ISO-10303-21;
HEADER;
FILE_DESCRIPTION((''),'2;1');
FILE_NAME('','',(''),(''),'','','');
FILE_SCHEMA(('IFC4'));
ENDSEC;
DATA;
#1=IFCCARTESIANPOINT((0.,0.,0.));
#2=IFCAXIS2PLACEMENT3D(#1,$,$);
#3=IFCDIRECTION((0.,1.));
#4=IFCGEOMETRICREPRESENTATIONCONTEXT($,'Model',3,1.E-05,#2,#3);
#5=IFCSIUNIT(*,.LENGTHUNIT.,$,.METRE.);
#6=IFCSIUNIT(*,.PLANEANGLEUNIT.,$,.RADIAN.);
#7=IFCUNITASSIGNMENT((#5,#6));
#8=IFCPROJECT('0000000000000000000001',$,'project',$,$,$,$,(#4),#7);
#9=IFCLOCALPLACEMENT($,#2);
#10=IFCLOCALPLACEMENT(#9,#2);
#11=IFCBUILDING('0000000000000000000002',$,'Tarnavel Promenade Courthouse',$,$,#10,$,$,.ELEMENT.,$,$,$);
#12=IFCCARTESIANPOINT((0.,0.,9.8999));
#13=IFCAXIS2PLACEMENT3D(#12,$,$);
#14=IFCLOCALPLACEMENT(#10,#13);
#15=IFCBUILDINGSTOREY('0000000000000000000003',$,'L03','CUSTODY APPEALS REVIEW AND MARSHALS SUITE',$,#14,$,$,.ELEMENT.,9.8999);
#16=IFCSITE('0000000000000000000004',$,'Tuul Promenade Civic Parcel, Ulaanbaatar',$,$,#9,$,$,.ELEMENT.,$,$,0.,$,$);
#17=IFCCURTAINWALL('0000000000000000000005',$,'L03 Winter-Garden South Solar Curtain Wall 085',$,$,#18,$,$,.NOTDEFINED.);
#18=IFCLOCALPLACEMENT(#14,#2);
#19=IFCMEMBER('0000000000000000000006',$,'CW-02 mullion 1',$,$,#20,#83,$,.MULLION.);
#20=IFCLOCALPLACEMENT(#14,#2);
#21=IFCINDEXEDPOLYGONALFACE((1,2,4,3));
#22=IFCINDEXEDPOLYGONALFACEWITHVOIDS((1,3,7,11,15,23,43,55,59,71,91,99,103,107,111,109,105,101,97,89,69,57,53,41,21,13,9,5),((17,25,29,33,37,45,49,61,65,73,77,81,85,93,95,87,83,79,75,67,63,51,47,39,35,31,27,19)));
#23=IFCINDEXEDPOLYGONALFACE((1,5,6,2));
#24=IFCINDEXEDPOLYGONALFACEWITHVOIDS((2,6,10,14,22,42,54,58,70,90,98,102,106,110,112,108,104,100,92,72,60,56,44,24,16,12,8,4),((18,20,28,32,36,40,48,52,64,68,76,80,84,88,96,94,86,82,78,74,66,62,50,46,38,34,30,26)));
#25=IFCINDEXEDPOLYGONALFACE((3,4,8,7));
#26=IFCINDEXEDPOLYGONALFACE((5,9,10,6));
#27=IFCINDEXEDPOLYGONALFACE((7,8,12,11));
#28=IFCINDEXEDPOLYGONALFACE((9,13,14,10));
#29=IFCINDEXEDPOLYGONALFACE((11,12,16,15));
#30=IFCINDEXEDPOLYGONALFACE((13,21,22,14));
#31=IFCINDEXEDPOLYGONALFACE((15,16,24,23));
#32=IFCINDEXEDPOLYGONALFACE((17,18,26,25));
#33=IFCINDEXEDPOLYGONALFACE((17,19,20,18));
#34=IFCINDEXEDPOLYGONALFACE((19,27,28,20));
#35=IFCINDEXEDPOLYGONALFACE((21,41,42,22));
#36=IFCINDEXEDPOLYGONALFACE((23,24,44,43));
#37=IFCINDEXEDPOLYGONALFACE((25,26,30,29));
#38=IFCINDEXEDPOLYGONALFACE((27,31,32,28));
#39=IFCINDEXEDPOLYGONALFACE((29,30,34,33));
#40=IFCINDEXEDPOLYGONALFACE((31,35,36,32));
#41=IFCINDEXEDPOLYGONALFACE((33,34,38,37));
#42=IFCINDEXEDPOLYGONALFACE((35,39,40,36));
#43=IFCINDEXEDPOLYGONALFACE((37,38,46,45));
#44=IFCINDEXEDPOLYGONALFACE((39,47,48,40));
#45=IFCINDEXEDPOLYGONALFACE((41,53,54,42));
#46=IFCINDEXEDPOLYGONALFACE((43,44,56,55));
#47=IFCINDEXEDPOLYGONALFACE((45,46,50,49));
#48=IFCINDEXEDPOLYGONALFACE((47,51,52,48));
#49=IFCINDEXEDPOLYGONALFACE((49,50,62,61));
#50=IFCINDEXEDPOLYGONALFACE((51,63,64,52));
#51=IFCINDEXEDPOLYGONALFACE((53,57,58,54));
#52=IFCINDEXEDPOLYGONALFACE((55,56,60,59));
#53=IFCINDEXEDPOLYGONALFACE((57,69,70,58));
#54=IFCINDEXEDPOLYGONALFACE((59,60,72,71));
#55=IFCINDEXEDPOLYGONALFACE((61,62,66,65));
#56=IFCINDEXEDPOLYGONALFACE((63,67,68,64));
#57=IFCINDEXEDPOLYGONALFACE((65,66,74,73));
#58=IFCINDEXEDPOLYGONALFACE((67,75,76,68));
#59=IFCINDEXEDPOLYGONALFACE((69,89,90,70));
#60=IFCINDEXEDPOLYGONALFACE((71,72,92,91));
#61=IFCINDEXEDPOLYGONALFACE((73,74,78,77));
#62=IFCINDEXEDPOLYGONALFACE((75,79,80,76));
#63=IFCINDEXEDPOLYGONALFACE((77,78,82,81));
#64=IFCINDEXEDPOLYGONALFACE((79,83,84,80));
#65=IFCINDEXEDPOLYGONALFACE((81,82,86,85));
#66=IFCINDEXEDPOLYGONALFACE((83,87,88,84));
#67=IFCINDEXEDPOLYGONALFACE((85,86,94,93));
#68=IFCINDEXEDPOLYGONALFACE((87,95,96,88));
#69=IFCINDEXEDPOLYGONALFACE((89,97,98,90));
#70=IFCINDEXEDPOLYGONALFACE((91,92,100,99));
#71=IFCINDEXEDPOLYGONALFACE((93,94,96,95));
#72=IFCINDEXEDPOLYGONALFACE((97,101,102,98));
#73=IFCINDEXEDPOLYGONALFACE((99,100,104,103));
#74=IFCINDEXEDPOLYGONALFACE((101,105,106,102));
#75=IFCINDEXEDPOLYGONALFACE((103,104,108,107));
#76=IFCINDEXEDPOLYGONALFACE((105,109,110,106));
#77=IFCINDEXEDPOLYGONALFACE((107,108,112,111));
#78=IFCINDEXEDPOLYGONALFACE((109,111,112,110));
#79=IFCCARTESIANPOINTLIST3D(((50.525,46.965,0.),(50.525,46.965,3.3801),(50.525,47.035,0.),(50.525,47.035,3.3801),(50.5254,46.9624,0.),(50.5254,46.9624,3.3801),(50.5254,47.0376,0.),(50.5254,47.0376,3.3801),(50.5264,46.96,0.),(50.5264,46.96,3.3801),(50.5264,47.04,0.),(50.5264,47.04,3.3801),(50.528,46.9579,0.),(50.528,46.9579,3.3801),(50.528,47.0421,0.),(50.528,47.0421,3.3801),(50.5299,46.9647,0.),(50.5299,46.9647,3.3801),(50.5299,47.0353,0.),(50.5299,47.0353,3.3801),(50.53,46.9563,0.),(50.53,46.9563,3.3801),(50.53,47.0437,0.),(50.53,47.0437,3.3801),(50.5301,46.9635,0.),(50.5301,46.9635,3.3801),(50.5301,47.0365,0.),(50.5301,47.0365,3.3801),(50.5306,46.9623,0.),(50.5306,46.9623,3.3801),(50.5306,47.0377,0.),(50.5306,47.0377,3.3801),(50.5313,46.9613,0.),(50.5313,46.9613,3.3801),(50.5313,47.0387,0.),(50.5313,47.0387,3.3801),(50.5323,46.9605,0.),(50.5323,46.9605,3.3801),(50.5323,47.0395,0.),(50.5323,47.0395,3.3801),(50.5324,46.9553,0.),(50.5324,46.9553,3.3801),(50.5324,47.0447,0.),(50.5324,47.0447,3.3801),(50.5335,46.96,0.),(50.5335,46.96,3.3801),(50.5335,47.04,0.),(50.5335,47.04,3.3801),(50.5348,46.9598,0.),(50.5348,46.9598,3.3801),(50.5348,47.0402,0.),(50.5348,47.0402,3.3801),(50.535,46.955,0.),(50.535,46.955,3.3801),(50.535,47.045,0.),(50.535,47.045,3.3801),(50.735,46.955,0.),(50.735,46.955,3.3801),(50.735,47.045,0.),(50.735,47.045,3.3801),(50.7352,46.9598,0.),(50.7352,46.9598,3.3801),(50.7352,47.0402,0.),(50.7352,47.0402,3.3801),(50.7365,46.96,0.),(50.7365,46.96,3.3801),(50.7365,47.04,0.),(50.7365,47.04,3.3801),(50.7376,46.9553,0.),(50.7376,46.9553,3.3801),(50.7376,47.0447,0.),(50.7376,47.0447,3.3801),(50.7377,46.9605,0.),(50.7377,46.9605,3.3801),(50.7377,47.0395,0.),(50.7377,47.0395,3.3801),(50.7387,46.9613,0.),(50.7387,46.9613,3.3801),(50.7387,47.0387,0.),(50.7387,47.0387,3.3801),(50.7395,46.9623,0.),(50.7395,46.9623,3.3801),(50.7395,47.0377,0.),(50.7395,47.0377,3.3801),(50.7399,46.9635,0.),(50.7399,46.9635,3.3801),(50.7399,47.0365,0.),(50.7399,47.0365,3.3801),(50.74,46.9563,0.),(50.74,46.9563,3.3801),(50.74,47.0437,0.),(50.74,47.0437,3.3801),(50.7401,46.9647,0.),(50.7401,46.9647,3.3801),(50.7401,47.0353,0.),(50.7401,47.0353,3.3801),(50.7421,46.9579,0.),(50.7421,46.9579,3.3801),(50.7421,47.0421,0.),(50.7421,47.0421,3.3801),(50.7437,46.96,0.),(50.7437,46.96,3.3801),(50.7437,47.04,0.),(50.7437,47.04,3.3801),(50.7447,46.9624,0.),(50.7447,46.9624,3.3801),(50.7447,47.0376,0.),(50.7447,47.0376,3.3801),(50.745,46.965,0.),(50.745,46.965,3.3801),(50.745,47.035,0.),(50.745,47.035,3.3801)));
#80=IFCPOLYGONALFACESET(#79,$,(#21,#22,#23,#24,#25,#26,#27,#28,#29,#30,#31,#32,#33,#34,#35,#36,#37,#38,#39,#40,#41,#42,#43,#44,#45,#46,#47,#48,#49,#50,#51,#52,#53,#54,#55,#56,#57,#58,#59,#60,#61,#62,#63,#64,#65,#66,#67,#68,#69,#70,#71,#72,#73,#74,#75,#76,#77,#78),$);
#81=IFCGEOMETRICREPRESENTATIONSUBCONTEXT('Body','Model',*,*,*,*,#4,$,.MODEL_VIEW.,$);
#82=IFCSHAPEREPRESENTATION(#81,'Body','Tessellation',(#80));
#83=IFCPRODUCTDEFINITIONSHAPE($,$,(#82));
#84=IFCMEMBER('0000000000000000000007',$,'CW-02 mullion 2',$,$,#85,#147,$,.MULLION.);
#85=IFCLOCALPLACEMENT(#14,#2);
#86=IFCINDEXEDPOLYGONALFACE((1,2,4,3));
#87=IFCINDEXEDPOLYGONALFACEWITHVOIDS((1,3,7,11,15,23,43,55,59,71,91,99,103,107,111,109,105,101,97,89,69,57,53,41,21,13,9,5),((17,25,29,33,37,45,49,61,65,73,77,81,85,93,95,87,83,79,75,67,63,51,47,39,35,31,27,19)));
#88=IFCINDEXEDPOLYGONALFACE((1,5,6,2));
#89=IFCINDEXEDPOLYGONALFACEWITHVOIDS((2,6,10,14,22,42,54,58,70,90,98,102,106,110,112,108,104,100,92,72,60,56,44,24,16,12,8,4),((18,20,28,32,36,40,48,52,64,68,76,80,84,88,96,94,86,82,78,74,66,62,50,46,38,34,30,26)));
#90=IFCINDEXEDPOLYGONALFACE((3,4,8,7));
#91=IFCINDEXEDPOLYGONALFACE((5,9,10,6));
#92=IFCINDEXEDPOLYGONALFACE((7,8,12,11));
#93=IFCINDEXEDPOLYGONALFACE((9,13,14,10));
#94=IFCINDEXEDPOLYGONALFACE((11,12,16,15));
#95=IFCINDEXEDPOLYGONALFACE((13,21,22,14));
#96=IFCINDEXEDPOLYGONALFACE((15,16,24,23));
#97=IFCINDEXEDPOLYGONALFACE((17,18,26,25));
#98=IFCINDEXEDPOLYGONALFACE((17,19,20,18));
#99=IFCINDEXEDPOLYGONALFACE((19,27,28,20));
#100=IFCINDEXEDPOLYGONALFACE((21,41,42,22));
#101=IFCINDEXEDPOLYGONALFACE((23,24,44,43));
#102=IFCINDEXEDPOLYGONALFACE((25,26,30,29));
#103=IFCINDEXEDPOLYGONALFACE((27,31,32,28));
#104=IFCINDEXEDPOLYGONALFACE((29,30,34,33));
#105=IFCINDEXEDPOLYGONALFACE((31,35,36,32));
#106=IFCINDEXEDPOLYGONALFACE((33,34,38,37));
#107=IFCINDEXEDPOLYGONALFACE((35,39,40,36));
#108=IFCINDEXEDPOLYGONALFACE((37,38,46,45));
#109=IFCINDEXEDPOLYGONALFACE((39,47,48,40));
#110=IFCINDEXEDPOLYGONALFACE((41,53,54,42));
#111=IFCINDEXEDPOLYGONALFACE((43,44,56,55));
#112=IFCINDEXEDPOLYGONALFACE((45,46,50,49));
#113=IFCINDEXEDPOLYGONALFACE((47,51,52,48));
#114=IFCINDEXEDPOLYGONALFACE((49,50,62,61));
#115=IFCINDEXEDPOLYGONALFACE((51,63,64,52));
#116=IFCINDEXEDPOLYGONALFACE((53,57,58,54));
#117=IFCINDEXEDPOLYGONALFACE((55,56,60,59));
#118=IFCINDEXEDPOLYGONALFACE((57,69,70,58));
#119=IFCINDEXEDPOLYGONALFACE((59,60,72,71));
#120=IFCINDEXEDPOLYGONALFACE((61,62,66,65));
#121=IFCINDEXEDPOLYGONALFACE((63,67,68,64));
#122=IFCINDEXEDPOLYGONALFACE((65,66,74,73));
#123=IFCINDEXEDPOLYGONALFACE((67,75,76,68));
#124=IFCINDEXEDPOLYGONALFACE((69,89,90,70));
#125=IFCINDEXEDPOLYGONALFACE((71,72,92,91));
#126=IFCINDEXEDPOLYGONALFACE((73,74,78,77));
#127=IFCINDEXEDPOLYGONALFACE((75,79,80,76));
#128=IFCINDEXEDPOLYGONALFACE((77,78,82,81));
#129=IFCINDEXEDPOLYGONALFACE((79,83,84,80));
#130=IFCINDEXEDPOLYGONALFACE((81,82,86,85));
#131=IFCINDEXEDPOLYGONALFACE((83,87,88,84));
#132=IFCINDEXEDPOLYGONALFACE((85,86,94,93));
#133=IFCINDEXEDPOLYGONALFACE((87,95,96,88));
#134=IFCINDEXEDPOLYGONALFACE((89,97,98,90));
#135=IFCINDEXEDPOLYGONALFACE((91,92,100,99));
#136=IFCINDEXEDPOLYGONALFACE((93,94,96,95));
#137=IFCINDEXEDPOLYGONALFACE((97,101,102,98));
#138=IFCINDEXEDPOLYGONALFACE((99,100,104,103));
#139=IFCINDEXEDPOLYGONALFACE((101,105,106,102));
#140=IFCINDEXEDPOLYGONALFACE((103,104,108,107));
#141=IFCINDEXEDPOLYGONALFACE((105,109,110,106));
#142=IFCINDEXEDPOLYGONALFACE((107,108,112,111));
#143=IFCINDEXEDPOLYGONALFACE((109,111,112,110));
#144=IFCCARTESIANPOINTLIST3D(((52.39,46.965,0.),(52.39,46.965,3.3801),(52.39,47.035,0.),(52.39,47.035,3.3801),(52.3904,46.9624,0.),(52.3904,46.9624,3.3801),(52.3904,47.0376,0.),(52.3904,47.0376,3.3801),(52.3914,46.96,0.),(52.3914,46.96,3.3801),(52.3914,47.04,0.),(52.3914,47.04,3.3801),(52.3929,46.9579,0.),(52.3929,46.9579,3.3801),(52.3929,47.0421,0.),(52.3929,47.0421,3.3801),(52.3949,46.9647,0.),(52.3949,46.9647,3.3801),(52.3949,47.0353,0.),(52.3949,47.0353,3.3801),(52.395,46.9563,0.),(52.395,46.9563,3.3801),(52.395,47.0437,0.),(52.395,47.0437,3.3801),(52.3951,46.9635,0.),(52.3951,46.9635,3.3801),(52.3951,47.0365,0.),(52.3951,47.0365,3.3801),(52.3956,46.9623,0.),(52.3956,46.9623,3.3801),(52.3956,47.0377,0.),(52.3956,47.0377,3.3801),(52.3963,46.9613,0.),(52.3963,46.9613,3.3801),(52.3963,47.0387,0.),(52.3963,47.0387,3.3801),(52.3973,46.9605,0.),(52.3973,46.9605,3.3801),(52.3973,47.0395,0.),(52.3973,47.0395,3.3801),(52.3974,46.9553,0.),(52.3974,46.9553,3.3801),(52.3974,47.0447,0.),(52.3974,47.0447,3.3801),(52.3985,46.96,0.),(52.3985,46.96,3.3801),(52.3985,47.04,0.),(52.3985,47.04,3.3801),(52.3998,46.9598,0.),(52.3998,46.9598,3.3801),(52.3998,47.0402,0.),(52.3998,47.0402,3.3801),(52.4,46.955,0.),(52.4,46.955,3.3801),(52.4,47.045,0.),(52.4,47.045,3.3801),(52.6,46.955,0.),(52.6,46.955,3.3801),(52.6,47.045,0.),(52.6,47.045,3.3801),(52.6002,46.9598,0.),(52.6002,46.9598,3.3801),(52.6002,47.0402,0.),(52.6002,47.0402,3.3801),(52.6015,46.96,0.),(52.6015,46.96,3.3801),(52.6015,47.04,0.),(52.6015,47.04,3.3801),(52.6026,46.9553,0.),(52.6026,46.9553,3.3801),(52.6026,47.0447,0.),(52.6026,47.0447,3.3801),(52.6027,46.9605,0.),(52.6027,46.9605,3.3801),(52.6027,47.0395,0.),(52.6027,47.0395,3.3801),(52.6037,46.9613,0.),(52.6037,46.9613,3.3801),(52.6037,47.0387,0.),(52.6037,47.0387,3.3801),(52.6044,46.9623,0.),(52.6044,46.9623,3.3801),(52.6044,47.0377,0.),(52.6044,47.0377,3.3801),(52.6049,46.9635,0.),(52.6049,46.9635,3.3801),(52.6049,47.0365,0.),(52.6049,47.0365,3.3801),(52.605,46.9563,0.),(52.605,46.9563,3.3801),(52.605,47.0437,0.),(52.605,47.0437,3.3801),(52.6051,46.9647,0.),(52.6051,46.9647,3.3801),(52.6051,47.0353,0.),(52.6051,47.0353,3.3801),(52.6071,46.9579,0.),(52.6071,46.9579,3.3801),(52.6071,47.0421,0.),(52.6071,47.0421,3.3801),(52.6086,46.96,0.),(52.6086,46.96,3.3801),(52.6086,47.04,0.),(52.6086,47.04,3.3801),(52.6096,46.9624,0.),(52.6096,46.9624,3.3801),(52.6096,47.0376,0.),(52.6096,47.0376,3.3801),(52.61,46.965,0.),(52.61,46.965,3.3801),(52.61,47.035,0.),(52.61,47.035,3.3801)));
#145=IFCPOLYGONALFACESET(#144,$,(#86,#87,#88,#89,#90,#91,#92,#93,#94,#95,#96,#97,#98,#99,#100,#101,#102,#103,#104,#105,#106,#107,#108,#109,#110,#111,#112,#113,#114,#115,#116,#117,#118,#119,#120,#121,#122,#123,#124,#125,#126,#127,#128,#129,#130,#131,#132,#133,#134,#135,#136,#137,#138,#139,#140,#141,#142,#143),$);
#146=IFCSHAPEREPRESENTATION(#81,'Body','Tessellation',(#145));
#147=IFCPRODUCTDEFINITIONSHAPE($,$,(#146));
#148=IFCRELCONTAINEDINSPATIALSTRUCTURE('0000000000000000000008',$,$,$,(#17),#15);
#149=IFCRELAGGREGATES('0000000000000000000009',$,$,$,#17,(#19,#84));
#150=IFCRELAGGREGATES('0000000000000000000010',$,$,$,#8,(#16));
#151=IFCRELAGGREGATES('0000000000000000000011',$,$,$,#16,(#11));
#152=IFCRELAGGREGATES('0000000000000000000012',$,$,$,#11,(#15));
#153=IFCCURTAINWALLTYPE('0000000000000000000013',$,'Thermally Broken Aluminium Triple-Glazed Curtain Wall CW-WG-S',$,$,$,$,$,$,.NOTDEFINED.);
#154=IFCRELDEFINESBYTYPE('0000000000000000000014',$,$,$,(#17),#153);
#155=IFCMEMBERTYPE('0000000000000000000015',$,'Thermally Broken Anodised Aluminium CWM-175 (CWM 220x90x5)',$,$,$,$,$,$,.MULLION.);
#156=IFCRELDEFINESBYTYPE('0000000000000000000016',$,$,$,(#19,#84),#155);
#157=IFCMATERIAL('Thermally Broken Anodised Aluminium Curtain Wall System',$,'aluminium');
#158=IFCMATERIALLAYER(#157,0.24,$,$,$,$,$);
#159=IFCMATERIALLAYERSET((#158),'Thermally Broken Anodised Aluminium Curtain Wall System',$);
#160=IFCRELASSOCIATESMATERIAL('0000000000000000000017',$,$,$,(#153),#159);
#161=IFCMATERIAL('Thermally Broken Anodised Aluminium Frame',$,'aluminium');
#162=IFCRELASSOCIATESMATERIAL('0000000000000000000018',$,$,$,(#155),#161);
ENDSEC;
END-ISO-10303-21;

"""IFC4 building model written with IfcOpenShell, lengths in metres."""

from ifc_helpers import new_model, si_unit, direction, frame, origin, origin_2d, place, context, subcontext, project, spatial, hollow_rectangle, extrude, material, layer, layer_set, material_profile, profile_set, type_object, element, aggregate, save


model = new_model("IFC4")

# Units and contexts
model_context = context("Model", 3, precision=1e-05, world=origin(), true_north=direction((0.0, 1.0)))
body_context = subcontext(model_context, "Body", "Model", "MODEL_VIEW")
ifc_project = project(units=[si_unit("LENGTHUNIT", "METRE"), si_unit("PLANEANGLEUNIT", "RADIAN")], contexts=[model_context])

# Site, building, storey
site_placement = place(None, origin())
site = spatial("IfcSite", under=ifc_project, at=site_placement, Name="Tuul Promenade Civic Parcel, Ulaanbaatar", CompositionType="ELEMENT", RefElevation=0.0)
building_placement = place(site_placement, origin())
building = spatial("IfcBuilding", under=site, at=building_placement, Name="Tarnavel Promenade Courthouse", CompositionType="ELEMENT")
storey_placement = place(building_placement, frame((0.0, 0.0, 9.8999)))
storey = spatial("IfcBuildingStorey", under=building, at=storey_placement, Name="L03", Description="CUSTODY APPEALS REVIEW AND MARSHALS SUITE", CompositionType="ELEMENT", Elevation=9.8999)

# Shared definitions
ifc_material_1 = material(Name="Thermally Broken Anodised Aluminium Curtain Wall System", Category="aluminium")
ifc_layer_1 = layer(ifc_material_1, 0.24)
ifc_layer_set_1 = layer_set([ifc_layer_1], Name="Thermally Broken Anodised Aluminium Curtain Wall System")
curtain_wall_type = type_object("IfcCurtainWallType", Name="Thermally Broken Aluminium Triple-Glazed Curtain Wall CW-WG-S", PredefinedType="NOTDEFINED", material=ifc_layer_set_1)
ifc_material_2 = material(Name="Thermally Broken Anodised Aluminium Frame", Category="aluminium")
ifc_material_profile_1 = material_profile(ifc_material_2, hollow_rectangle(XDim=0.0901, YDim=0.22, WallThickness=0.0049, InnerFilletRadius=0.0049, OuterFilletRadius=0.01, at=origin_2d()), Name="CWM 220x90x5")
ifc_profile_set_1 = profile_set([ifc_material_profile_1], Name="Thermally Broken Anodised Aluminium Frame")
member_type_1 = type_object("IfcMemberType", Name="Thermally Broken Anodised Aluminium CWM-175 (CWM 220x90x5)", PredefinedType="MULLION", material=ifc_profile_set_1)

# Curtain wall, members
curtain_wall_1_placement = place(storey_placement, origin())
curtain_wall_1 = element("IfcCurtainWall", 1, at=curtain_wall_1_placement, inside=storey, type_object=curtain_wall_type, Name="L03 Winter-Garden South Solar Curtain Wall 085", PredefinedType="NOTDEFINED")
member_1_placement = place(storey_placement, frame((50.635, 47.0, 0.0), z_axis=(0.0, 0.0, 1.0), x_axis=(0.0, 1.0, 0.0)))
member_1 = element("IfcMember", 2, at=member_1_placement, type_object=member_type_1, Name="CW-02 mullion 1", PredefinedType="MULLION", context=body_context, shape_type="SweptSolid", body=[
    extrude(hollow_rectangle(XDim=0.0901, YDim=0.22, WallThickness=0.0049, InnerFilletRadius=0.0049, OuterFilletRadius=0.01, at=origin_2d()), origin(), (0.0, 0.0, 1.0), 3.3801),
])
member_2_placement = place(storey_placement, frame((52.5, 47.0, 0.0), z_axis=(0.0, 0.0, 1.0), x_axis=(0.0, 1.0, 0.0)))
member_2 = element("IfcMember", 3, at=member_2_placement, type_object=member_type_1, Name="CW-02 mullion 2", PredefinedType="MULLION", context=body_context, shape_type="SweptSolid", body=[
    extrude(hollow_rectangle(XDim=0.0901, YDim=0.22, WallThickness=0.0049, InnerFilletRadius=0.0049, OuterFilletRadius=0.01, at=origin_2d()), origin(), (0.0, 0.0, 1.0), 3.3801),
])

aggregate(curtain_wall_1, [member_1, member_2])

save(model, "model.ifc")
